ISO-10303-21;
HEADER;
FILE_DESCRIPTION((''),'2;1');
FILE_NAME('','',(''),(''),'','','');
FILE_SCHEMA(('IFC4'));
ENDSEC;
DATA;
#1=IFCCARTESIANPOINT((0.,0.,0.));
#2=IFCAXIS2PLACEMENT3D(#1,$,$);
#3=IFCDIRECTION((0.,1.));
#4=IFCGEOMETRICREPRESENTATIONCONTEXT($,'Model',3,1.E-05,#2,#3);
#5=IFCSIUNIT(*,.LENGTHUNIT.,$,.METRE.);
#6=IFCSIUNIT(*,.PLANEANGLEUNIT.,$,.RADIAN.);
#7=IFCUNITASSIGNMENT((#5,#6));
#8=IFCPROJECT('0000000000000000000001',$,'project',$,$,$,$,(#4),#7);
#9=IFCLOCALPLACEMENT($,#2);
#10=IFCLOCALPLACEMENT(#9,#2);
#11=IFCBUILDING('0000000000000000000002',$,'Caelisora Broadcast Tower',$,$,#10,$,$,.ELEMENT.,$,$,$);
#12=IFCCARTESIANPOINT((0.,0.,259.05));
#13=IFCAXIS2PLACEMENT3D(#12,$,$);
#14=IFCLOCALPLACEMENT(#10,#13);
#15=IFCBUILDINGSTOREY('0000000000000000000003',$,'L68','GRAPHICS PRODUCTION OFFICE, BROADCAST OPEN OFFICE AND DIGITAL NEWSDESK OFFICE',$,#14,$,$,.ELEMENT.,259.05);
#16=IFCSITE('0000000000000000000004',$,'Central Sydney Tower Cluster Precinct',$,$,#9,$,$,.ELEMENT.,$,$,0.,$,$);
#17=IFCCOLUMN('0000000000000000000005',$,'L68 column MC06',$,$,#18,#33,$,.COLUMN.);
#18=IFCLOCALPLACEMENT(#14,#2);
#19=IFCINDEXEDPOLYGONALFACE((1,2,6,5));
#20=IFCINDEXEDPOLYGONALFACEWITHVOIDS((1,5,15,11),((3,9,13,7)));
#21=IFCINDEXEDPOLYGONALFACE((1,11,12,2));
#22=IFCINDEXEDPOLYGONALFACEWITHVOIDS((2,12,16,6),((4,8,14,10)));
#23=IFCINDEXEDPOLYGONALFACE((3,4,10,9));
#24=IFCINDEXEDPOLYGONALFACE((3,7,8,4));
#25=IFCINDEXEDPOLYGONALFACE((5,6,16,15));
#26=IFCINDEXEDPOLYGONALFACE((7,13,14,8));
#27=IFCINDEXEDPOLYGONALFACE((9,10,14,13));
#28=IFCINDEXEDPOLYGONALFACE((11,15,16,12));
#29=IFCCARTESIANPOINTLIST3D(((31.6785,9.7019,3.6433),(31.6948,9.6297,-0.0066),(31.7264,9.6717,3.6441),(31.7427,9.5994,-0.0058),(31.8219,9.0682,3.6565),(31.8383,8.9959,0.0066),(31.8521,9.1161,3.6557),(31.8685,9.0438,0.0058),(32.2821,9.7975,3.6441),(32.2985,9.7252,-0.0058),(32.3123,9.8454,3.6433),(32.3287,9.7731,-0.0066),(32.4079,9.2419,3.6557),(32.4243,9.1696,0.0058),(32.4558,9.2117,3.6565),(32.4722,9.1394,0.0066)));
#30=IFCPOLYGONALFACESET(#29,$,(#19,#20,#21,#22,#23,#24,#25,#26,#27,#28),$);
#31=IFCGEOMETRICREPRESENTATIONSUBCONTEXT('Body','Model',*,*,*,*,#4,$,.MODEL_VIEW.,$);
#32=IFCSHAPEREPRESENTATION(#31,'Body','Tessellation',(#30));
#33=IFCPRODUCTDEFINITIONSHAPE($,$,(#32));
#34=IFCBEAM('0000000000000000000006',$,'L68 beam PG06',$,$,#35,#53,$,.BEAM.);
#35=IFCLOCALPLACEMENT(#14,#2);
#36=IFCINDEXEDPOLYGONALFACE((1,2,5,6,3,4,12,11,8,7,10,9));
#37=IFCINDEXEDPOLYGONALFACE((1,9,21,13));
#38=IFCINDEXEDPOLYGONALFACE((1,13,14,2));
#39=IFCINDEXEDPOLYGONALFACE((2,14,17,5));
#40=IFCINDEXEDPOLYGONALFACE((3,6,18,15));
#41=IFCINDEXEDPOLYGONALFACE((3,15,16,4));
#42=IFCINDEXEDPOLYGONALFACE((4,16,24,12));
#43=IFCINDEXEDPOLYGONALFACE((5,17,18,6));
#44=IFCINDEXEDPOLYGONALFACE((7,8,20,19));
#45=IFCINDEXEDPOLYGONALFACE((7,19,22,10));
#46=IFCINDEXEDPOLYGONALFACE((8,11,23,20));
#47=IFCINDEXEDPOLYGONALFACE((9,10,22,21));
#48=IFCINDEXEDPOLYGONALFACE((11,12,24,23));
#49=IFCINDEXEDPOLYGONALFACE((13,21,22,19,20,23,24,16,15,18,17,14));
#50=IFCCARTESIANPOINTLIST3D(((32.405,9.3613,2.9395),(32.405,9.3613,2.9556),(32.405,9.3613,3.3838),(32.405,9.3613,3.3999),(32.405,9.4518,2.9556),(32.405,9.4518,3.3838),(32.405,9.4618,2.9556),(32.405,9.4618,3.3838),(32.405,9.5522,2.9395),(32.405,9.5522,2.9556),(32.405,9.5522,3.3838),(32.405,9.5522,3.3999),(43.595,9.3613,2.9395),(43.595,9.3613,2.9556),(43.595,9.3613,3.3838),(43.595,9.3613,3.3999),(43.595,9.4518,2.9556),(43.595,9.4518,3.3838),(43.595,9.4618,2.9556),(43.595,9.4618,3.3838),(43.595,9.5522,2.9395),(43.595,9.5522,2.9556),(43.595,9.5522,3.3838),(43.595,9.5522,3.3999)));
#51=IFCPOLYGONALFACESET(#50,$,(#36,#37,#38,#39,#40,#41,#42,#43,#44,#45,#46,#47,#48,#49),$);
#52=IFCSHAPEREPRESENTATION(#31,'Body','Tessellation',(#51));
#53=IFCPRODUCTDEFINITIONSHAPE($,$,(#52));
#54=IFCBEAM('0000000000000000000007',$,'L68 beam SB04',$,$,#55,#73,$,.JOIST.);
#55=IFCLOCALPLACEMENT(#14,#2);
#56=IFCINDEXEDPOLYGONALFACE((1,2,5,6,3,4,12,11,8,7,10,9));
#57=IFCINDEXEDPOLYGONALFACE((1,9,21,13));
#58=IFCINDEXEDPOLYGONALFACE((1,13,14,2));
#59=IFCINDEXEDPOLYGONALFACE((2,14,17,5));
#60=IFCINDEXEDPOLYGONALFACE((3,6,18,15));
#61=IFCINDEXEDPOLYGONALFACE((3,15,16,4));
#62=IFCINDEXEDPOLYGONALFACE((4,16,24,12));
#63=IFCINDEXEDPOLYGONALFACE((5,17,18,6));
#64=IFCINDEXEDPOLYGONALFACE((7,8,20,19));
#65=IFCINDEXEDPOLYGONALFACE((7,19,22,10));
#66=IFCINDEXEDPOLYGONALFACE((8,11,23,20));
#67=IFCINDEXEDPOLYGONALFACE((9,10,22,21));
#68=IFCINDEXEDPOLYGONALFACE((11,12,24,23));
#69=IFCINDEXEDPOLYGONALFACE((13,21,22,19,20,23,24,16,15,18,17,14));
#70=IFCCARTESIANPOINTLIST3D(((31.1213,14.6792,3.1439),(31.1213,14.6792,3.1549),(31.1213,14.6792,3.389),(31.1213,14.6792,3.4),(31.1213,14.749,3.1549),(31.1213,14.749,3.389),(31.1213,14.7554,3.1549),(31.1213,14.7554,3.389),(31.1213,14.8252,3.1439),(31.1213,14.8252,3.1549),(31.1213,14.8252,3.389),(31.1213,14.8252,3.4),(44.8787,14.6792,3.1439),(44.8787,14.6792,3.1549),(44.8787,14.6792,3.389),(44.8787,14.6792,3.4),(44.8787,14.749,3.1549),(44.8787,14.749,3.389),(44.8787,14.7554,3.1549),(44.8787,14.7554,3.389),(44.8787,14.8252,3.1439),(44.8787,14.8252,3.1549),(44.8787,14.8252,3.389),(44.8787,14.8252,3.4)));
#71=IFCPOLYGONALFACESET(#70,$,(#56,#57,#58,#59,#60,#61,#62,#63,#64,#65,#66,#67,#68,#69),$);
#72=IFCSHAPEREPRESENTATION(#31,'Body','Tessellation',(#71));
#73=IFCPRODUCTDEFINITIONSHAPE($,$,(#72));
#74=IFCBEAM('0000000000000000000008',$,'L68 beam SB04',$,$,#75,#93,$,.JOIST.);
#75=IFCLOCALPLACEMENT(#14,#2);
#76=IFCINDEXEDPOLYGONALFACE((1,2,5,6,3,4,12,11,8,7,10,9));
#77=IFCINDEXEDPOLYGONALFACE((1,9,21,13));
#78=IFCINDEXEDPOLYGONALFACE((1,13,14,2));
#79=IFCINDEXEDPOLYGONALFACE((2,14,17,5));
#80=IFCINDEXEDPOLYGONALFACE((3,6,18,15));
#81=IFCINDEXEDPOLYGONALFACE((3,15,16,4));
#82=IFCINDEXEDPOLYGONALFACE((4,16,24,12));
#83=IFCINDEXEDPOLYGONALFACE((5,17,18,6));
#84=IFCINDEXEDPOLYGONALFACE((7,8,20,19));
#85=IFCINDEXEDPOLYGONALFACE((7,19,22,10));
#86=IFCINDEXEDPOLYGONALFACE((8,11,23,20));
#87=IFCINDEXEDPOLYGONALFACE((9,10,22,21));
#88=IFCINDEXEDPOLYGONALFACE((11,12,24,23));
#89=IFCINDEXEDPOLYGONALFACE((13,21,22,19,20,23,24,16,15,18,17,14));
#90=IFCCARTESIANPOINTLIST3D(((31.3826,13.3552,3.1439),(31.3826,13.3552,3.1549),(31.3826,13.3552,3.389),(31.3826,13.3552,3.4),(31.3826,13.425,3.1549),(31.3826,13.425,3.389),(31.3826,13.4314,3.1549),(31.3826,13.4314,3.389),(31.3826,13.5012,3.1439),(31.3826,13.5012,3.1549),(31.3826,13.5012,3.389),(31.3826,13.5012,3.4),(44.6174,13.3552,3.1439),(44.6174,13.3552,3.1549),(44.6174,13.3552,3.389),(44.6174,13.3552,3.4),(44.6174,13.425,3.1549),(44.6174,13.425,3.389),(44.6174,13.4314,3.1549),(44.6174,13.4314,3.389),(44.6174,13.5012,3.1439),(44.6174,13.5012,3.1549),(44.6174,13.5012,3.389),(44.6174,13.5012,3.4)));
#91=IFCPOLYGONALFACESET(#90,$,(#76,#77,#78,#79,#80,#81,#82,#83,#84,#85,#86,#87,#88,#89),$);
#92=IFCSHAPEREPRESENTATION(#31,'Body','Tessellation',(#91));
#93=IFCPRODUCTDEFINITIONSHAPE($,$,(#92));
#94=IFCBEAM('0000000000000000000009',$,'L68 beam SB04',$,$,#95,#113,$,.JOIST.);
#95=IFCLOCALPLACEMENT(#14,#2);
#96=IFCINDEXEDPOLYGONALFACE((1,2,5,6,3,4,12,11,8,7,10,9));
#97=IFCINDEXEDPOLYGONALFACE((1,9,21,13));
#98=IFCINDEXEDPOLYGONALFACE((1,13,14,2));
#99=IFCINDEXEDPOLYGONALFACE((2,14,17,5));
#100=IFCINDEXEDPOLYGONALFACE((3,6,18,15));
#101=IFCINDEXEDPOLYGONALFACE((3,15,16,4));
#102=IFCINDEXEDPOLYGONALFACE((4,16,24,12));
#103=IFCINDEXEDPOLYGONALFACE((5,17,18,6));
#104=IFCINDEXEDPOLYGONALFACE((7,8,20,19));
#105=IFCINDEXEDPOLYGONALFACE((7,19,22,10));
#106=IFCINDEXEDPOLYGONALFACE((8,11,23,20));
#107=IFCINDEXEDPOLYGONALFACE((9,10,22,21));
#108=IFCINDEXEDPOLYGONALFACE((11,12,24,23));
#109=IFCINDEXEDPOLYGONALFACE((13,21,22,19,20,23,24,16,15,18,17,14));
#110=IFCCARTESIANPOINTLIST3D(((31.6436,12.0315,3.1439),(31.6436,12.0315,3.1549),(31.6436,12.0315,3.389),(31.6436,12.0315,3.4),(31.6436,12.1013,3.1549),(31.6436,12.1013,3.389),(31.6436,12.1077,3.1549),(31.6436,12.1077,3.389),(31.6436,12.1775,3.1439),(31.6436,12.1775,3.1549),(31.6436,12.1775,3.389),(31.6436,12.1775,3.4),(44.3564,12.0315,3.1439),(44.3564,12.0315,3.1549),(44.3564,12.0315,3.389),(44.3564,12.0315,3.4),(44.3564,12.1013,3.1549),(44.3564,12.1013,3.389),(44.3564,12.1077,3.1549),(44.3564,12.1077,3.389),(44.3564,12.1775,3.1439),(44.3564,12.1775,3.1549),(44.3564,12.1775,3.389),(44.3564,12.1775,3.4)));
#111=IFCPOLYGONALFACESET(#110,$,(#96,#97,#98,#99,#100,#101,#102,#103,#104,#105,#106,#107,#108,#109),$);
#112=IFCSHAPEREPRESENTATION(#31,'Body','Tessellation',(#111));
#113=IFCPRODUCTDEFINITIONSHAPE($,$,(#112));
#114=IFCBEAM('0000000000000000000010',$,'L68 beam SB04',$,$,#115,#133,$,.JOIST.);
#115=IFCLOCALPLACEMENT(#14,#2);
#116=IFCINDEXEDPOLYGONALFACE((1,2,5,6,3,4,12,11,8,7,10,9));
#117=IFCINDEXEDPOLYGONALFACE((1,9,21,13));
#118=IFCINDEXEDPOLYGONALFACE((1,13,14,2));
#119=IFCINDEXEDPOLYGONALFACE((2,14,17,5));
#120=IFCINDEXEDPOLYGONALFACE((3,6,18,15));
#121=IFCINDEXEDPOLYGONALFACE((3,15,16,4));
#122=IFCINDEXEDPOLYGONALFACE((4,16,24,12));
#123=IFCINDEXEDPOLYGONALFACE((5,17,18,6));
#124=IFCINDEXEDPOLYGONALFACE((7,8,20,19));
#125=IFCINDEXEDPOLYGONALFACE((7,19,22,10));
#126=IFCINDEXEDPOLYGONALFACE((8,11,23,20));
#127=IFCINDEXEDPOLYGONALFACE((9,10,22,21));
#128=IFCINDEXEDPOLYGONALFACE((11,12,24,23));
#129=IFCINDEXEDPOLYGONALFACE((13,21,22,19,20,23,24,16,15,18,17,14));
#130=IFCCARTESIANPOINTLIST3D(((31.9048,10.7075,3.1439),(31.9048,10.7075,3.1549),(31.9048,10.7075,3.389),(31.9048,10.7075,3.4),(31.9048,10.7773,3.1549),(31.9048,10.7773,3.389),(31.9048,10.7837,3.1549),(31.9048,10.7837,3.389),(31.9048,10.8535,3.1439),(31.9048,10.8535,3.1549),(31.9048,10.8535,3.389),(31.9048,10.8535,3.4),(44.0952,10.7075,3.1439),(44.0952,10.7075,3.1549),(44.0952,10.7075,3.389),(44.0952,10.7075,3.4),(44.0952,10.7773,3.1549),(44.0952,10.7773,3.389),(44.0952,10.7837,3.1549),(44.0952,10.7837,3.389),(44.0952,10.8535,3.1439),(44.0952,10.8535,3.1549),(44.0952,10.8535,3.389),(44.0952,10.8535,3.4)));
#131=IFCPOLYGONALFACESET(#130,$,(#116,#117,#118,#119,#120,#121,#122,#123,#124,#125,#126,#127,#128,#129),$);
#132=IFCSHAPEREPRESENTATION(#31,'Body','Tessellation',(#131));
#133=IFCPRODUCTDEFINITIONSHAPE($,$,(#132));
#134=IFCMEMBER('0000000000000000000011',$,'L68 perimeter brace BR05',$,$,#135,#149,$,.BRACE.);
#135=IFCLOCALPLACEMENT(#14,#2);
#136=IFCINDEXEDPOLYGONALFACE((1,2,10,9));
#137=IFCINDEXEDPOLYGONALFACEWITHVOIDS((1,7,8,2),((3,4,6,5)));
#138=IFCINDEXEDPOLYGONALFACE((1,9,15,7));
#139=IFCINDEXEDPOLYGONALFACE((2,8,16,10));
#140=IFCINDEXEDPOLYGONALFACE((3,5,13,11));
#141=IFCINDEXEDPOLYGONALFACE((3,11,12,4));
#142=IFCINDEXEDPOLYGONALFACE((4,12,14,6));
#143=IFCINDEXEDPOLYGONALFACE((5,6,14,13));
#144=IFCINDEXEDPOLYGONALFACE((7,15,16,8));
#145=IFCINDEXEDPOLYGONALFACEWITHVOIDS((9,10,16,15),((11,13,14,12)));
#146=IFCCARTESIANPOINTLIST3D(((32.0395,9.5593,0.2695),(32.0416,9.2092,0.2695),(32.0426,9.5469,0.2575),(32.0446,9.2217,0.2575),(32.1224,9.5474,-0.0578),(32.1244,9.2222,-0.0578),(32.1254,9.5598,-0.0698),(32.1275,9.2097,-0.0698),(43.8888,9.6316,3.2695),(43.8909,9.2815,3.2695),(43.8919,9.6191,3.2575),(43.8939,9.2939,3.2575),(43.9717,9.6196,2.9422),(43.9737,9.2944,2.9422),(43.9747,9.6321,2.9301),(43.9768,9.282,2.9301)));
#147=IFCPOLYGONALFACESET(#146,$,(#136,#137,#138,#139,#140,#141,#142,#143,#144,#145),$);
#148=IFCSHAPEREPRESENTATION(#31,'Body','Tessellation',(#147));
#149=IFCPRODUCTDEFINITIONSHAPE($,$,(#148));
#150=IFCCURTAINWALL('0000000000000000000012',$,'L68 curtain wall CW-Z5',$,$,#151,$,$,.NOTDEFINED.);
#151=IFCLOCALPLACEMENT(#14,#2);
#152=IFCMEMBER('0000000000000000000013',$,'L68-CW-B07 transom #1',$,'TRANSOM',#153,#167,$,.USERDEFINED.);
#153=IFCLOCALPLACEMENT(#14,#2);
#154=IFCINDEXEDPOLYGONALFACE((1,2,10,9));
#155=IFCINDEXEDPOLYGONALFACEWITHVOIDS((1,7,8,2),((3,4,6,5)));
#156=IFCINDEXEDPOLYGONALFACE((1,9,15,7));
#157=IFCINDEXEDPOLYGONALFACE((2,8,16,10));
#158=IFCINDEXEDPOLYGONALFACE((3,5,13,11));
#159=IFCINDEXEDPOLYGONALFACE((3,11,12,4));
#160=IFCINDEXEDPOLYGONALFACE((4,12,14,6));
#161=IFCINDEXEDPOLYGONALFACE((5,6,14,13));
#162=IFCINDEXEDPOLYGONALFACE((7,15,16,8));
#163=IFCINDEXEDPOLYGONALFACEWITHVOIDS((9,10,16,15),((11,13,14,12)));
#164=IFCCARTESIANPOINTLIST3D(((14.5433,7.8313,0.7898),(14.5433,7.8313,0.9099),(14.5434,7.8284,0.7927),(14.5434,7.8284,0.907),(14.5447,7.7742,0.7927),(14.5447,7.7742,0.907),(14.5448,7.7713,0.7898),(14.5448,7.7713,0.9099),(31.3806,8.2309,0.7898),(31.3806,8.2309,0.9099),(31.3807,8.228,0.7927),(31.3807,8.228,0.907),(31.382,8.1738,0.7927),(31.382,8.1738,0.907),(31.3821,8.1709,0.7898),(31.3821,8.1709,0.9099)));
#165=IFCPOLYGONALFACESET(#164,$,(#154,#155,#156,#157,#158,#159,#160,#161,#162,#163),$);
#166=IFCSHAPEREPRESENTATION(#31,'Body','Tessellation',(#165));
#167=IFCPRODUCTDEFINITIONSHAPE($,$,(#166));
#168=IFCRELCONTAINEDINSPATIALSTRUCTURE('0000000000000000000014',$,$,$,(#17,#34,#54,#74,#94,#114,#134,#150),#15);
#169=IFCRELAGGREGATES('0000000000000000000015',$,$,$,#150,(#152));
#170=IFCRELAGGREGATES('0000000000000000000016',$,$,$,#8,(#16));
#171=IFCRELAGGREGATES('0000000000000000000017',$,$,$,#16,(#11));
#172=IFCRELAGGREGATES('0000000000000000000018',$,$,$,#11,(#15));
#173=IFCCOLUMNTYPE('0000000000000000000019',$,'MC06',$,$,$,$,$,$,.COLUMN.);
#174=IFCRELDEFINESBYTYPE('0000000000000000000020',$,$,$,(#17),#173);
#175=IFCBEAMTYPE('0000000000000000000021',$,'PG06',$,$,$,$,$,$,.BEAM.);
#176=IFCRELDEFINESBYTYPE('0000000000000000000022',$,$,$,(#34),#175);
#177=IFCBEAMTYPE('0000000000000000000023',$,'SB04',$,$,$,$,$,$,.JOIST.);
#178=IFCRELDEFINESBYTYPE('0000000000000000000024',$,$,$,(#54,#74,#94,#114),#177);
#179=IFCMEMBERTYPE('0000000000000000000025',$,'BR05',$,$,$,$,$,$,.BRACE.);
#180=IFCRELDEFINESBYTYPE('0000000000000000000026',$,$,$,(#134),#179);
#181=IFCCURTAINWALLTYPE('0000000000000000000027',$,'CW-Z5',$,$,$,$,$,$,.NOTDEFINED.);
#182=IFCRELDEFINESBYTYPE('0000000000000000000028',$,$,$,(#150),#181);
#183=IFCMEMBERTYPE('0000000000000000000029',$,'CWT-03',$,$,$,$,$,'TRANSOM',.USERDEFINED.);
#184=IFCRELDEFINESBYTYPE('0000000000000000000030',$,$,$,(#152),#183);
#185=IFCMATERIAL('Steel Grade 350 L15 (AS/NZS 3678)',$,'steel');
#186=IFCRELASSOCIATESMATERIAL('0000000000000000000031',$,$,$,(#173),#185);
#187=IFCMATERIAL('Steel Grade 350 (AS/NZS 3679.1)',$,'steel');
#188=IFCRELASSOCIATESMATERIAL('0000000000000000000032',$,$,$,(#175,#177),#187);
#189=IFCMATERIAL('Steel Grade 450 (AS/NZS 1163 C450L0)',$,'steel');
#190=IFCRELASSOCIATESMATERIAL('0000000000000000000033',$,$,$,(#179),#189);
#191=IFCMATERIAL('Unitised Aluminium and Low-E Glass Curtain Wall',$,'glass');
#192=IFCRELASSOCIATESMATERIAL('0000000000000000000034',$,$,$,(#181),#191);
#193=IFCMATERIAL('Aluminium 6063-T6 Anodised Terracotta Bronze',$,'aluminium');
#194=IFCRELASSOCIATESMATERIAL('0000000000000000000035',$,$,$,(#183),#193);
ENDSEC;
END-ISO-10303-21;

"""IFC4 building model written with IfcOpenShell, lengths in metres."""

from ifc_helpers import new_model, si_unit, direction, frame, origin, origin_2d, place, context, subcontext, project, spatial, hollow_rectangle, i_section, extrude, source, transform, mapped, material, material_profile, profile_set, type_object, type_shapes, element, aggregate, save


model = new_model("IFC4")

# Units and contexts
model_context = context("Model", 3, precision=1e-05, world=origin(), true_north=direction((0.0, 1.0)))
body_context = subcontext(model_context, "Body", "Model", "MODEL_VIEW")
ifc_project = project(units=[si_unit("LENGTHUNIT", "METRE"), si_unit("PLANEANGLEUNIT", "RADIAN")], contexts=[model_context])

# Site, building, storey
site_placement = place(None, origin())
site = spatial("IfcSite", under=ifc_project, at=site_placement, Name="Central Sydney Tower Cluster Precinct", CompositionType="ELEMENT", RefElevation=0.0)
building_placement = place(site_placement, origin())
building = spatial("IfcBuilding", under=site, at=building_placement, Name="Caelisora Broadcast Tower", CompositionType="ELEMENT")
storey_placement = place(building_placement, frame((0.0, 0.0, 259.05)))
storey = spatial("IfcBuildingStorey", under=building, at=storey_placement, Name="L68", Description="GRAPHICS PRODUCTION OFFICE, BROADCAST OPEN OFFICE AND DIGITAL NEWSDESK OFFICE", CompositionType="ELEMENT", Elevation=259.05)

# Column
ifc_material_1 = material(Name="Steel Grade 350 L15 (AS/NZS 3678)", Category="steel")
ifc_material_profile_1 = material_profile(ifc_material_1, hollow_rectangle(XDim=0.6499, YDim=0.6499, WallThickness=0.04, at=origin_2d()), Name="Steel Grade 350 L15 (AS/NZS 3678)")
ifc_profile_set_1 = profile_set([ifc_material_profile_1], Name="Steel Grade 350 L15 (AS/NZS 3678)")
column_type = type_object("IfcColumnType", Name="MC06", PredefinedType="COLUMN", material=ifc_profile_set_1)
shared_shape_1 = source(origin(), body_context, "Body", "SweptSolid", [
    extrude(hollow_rectangle(XDim=0.6499, YDim=0.6499, WallThickness=0.04, at=origin_2d()), origin(), (0.0, 0.0, 1.0), 3.6506),
])
type_shapes(column_type, [shared_shape_1])
column_placement = place(storey_placement, frame((32.0835, 9.3845, 0.0), z_axis=(-0.004481, 0.019795, 0.999794), x_axis=(-0.975327, -0.220767, 0.0)))
element("IfcColumn", 1, at=column_placement, inside=storey, type_object=column_type, Name="L68 column MC06", PredefinedType="COLUMN", context=body_context, shape_type="MappedRepresentation", body=[
    mapped(shared_shape_1, transform((0.0, 0.0, 0.0), scale=1.0)),
])

# Beams
ifc_material_2 = material(Name="Steel Grade 350 (AS/NZS 3679.1)", Category="steel")
ifc_material_profile_2 = material_profile(ifc_material_2, i_section(OverallWidth=0.1909, OverallDepth=0.4604, WebThickness=0.01, FlangeThickness=0.0161, at=origin_2d()), Name="Steel Grade 350 (AS/NZS 3679.1)")
ifc_profile_set_2 = profile_set([ifc_material_profile_2], Name="Steel Grade 350 (AS/NZS 3679.1)")
beam_type_1 = type_object("IfcBeamType", Name="PG06", PredefinedType="BEAM", material=ifc_profile_set_2)
shared_shape_2 = source(origin(), body_context, "Body", "SweptSolid", [
    extrude(i_section(OverallWidth=0.1909, OverallDepth=0.4604, WebThickness=0.01, FlangeThickness=0.0161, at=origin_2d()), origin(), (0.0, 0.0, 1.0), 11.1899),
])
type_shapes(beam_type_1, [shared_shape_2])
beam_1_placement = place(storey_placement, frame((32.405, 9.4568, 3.1697), z_axis=(1.0, 0.0, 0.0), x_axis=(0.0, 1.0, 0.0)))
element("IfcBeam", 2, at=beam_1_placement, inside=storey, type_object=beam_type_1, Name="L68 beam PG06", PredefinedType="BEAM", context=body_context, shape_type="MappedRepresentation", body=[
    mapped(shared_shape_2, transform((0.0, 0.0, 0.0), scale=1.0)),
])
ifc_material_profile_3 = material_profile(ifc_material_2, i_section(OverallWidth=0.146, OverallDepth=0.2561, WebThickness=0.0063, FlangeThickness=0.011, at=origin_2d()), Name="Steel Grade 350 (AS/NZS 3679.1)")
ifc_profile_set_3 = profile_set([ifc_material_profile_3], Name="Steel Grade 350 (AS/NZS 3679.1)")
beam_type_2 = type_object("IfcBeamType", Name="SB04", PredefinedType="JOIST", material=ifc_profile_set_3)
shared_shape_3 = source(origin(), body_context, "Body", "SweptSolid", [
    extrude(i_section(OverallWidth=0.146, OverallDepth=0.2561, WebThickness=0.0063, FlangeThickness=0.011, at=origin_2d()), origin(), (0.0, 0.0, 1.0), 13.7573),
])
beam_2_placement = place(storey_placement, frame((31.1213, 14.7522, 3.272), z_axis=(1.0, 0.0, 0.0), x_axis=(0.0, 1.0, 0.0)))
element("IfcBeam", 3, at=beam_2_placement, inside=storey, type_object=beam_type_2, Name="L68 beam SB04", PredefinedType="JOIST", context=body_context, shape_type="MappedRepresentation", body=[
    mapped(shared_shape_3, transform((0.0, 0.0, 0.0), scale=1.0)),
])
shared_shape_4 = source(origin(), body_context, "Body", "SweptSolid", [
    extrude(i_section(OverallWidth=0.146, OverallDepth=0.2561, WebThickness=0.0063, FlangeThickness=0.011, at=origin_2d()), origin(), (0.0, 0.0, 1.0), 13.2349),
])
beam_3_placement = place(storey_placement, frame((31.3826, 13.4282, 3.272), z_axis=(1.0, 0.0, 0.0), x_axis=(0.0, 1.0, 0.0)))
element("IfcBeam", 4, at=beam_3_placement, inside=storey, type_object=beam_type_2, Name="L68 beam SB04", PredefinedType="JOIST", context=body_context, shape_type="MappedRepresentation", body=[
    mapped(shared_shape_4, transform((0.0, 0.0, 0.0), scale=1.0)),
])
shared_shape_5 = source(origin(), body_context, "Body", "SweptSolid", [
    extrude(i_section(OverallWidth=0.146, OverallDepth=0.2561, WebThickness=0.0063, FlangeThickness=0.011, at=origin_2d()), origin(), (0.0, 0.0, 1.0), 12.7129),
])
beam_4_placement = place(storey_placement, frame((31.6436, 12.1045, 3.272), z_axis=(1.0, 0.0, 0.0), x_axis=(0.0, 1.0, 0.0)))
element("IfcBeam", 5, at=beam_4_placement, inside=storey, type_object=beam_type_2, Name="L68 beam SB04", PredefinedType="JOIST", context=body_context, shape_type="MappedRepresentation", body=[
    mapped(shared_shape_5, transform((0.0, 0.0, 0.0), scale=1.0)),
])
shared_shape_6 = source(origin(), body_context, "Body", "SweptSolid", [
    extrude(i_section(OverallWidth=0.146, OverallDepth=0.2561, WebThickness=0.0063, FlangeThickness=0.011, at=origin_2d()), origin(), (0.0, 0.0, 1.0), 12.1904),
])
type_shapes(beam_type_2, [shared_shape_3, shared_shape_4, shared_shape_5, shared_shape_6])
beam_5_placement = place(storey_placement, frame((31.9048, 10.7805, 3.272), z_axis=(1.0, 0.0, 0.0), x_axis=(0.0, 1.0, 0.0)))
element("IfcBeam", 6, at=beam_5_placement, inside=storey, type_object=beam_type_2, Name="L68 beam SB04", PredefinedType="JOIST", context=body_context, shape_type="MappedRepresentation", body=[
    mapped(shared_shape_6, transform((0.0, 0.0, 0.0), scale=1.0)),
])

# Member
ifc_material_3 = material(Name="Steel Grade 450 (AS/NZS 1163 C450L0)", Category="steel")
ifc_material_profile_4 = material_profile(ifc_material_3, hollow_rectangle(XDim=0.3501, YDim=0.3501, WallThickness=0.0125, at=origin_2d()), Name="Steel Grade 450 (AS/NZS 1163 C450L0)")
ifc_profile_set_4 = profile_set([ifc_material_profile_4], Name="Steel Grade 450 (AS/NZS 1163 C450L0)")
member_type_1 = type_object("IfcMemberType", Name="BR05", PredefinedType="BRACE", material=ifc_profile_set_4)
shared_shape_7 = source(origin(), body_context, "Body", "SweptSolid", [
    extrude(hollow_rectangle(XDim=0.3501, YDim=0.3501, WallThickness=0.0125, at=origin_2d()), origin(), (0.0, 0.0, 1.0), 12.2234),
])
type_shapes(member_type_1, [shared_shape_7])
member_1_placement = place(storey_placement, frame((32.0835, 9.3845, 0.0999), z_axis=(0.969396, 0.005912, 0.24543), x_axis=(-0.006099, 0.999981, 0.0)))
element("IfcMember", 7, at=member_1_placement, inside=storey, type_object=member_type_1, Name="L68 perimeter brace BR05", PredefinedType="BRACE", context=body_context, shape_type="MappedRepresentation", body=[
    mapped(shared_shape_7, transform((0.0, 0.0, 0.0), scale=1.0)),
])

# Curtain wall, member
ifc_material_4 = material(Name="Unitised Aluminium and Low-E Glass Curtain Wall", Category="glass")
curtain_wall_type_1 = type_object("IfcCurtainWallType", Name="CW-Z5", PredefinedType="NOTDEFINED", material=ifc_material_4)
curtain_wall_1_placement = place(storey_placement, origin())
curtain_wall_1 = element("IfcCurtainWall", 8, at=curtain_wall_1_placement, inside=storey, type_object=curtain_wall_type_1, Name="L68 curtain wall CW-Z5", PredefinedType="NOTDEFINED")
ifc_material_5 = material(Name="Aluminium 6063-T6 Anodised Terracotta Bronze", Category="aluminium")
ifc_material_profile_5 = material_profile(ifc_material_5, hollow_rectangle(XDim=0.0601, YDim=0.1201, WallThickness=0.0029, at=origin_2d()), Name="Aluminium 6063-T6 Anodised Terracotta Bronze")
ifc_profile_set_5 = profile_set([ifc_material_profile_5], Name="Aluminium 6063-T6 Anodised Terracotta Bronze")
member_type_2 = type_object("IfcMemberType", Name="CWT-03", ElementType="TRANSOM", PredefinedType="USERDEFINED", material=ifc_profile_set_5)
shared_shape_8 = source(origin(), body_context, "Body", "SweptSolid", [
    extrude(hollow_rectangle(XDim=0.0601, YDim=0.1201, WallThickness=0.0029, at=origin_2d()), origin(), (0.0, 0.0, 1.0), 16.842),
])
type_shapes(member_type_2, [shared_shape_8])
member_2_placement = place(storey_placement, frame((31.3813, 8.2009, 0.8499), z_axis=(-0.999718, -0.02373, 0.0), x_axis=(0.02373, -0.999718, 0.0)))
member_2 = element("IfcMember", 9, at=member_2_placement, type_object=member_type_2, Name="L68-CW-B07 transom #1", ObjectType="TRANSOM", PredefinedType="USERDEFINED", context=body_context, shape_type="MappedRepresentation", body=[
    mapped(shared_shape_8, transform((0.0, 0.0, 0.0), scale=1.0)),
])

aggregate(curtain_wall_1, [member_2])

save(model, "model.ifc")
